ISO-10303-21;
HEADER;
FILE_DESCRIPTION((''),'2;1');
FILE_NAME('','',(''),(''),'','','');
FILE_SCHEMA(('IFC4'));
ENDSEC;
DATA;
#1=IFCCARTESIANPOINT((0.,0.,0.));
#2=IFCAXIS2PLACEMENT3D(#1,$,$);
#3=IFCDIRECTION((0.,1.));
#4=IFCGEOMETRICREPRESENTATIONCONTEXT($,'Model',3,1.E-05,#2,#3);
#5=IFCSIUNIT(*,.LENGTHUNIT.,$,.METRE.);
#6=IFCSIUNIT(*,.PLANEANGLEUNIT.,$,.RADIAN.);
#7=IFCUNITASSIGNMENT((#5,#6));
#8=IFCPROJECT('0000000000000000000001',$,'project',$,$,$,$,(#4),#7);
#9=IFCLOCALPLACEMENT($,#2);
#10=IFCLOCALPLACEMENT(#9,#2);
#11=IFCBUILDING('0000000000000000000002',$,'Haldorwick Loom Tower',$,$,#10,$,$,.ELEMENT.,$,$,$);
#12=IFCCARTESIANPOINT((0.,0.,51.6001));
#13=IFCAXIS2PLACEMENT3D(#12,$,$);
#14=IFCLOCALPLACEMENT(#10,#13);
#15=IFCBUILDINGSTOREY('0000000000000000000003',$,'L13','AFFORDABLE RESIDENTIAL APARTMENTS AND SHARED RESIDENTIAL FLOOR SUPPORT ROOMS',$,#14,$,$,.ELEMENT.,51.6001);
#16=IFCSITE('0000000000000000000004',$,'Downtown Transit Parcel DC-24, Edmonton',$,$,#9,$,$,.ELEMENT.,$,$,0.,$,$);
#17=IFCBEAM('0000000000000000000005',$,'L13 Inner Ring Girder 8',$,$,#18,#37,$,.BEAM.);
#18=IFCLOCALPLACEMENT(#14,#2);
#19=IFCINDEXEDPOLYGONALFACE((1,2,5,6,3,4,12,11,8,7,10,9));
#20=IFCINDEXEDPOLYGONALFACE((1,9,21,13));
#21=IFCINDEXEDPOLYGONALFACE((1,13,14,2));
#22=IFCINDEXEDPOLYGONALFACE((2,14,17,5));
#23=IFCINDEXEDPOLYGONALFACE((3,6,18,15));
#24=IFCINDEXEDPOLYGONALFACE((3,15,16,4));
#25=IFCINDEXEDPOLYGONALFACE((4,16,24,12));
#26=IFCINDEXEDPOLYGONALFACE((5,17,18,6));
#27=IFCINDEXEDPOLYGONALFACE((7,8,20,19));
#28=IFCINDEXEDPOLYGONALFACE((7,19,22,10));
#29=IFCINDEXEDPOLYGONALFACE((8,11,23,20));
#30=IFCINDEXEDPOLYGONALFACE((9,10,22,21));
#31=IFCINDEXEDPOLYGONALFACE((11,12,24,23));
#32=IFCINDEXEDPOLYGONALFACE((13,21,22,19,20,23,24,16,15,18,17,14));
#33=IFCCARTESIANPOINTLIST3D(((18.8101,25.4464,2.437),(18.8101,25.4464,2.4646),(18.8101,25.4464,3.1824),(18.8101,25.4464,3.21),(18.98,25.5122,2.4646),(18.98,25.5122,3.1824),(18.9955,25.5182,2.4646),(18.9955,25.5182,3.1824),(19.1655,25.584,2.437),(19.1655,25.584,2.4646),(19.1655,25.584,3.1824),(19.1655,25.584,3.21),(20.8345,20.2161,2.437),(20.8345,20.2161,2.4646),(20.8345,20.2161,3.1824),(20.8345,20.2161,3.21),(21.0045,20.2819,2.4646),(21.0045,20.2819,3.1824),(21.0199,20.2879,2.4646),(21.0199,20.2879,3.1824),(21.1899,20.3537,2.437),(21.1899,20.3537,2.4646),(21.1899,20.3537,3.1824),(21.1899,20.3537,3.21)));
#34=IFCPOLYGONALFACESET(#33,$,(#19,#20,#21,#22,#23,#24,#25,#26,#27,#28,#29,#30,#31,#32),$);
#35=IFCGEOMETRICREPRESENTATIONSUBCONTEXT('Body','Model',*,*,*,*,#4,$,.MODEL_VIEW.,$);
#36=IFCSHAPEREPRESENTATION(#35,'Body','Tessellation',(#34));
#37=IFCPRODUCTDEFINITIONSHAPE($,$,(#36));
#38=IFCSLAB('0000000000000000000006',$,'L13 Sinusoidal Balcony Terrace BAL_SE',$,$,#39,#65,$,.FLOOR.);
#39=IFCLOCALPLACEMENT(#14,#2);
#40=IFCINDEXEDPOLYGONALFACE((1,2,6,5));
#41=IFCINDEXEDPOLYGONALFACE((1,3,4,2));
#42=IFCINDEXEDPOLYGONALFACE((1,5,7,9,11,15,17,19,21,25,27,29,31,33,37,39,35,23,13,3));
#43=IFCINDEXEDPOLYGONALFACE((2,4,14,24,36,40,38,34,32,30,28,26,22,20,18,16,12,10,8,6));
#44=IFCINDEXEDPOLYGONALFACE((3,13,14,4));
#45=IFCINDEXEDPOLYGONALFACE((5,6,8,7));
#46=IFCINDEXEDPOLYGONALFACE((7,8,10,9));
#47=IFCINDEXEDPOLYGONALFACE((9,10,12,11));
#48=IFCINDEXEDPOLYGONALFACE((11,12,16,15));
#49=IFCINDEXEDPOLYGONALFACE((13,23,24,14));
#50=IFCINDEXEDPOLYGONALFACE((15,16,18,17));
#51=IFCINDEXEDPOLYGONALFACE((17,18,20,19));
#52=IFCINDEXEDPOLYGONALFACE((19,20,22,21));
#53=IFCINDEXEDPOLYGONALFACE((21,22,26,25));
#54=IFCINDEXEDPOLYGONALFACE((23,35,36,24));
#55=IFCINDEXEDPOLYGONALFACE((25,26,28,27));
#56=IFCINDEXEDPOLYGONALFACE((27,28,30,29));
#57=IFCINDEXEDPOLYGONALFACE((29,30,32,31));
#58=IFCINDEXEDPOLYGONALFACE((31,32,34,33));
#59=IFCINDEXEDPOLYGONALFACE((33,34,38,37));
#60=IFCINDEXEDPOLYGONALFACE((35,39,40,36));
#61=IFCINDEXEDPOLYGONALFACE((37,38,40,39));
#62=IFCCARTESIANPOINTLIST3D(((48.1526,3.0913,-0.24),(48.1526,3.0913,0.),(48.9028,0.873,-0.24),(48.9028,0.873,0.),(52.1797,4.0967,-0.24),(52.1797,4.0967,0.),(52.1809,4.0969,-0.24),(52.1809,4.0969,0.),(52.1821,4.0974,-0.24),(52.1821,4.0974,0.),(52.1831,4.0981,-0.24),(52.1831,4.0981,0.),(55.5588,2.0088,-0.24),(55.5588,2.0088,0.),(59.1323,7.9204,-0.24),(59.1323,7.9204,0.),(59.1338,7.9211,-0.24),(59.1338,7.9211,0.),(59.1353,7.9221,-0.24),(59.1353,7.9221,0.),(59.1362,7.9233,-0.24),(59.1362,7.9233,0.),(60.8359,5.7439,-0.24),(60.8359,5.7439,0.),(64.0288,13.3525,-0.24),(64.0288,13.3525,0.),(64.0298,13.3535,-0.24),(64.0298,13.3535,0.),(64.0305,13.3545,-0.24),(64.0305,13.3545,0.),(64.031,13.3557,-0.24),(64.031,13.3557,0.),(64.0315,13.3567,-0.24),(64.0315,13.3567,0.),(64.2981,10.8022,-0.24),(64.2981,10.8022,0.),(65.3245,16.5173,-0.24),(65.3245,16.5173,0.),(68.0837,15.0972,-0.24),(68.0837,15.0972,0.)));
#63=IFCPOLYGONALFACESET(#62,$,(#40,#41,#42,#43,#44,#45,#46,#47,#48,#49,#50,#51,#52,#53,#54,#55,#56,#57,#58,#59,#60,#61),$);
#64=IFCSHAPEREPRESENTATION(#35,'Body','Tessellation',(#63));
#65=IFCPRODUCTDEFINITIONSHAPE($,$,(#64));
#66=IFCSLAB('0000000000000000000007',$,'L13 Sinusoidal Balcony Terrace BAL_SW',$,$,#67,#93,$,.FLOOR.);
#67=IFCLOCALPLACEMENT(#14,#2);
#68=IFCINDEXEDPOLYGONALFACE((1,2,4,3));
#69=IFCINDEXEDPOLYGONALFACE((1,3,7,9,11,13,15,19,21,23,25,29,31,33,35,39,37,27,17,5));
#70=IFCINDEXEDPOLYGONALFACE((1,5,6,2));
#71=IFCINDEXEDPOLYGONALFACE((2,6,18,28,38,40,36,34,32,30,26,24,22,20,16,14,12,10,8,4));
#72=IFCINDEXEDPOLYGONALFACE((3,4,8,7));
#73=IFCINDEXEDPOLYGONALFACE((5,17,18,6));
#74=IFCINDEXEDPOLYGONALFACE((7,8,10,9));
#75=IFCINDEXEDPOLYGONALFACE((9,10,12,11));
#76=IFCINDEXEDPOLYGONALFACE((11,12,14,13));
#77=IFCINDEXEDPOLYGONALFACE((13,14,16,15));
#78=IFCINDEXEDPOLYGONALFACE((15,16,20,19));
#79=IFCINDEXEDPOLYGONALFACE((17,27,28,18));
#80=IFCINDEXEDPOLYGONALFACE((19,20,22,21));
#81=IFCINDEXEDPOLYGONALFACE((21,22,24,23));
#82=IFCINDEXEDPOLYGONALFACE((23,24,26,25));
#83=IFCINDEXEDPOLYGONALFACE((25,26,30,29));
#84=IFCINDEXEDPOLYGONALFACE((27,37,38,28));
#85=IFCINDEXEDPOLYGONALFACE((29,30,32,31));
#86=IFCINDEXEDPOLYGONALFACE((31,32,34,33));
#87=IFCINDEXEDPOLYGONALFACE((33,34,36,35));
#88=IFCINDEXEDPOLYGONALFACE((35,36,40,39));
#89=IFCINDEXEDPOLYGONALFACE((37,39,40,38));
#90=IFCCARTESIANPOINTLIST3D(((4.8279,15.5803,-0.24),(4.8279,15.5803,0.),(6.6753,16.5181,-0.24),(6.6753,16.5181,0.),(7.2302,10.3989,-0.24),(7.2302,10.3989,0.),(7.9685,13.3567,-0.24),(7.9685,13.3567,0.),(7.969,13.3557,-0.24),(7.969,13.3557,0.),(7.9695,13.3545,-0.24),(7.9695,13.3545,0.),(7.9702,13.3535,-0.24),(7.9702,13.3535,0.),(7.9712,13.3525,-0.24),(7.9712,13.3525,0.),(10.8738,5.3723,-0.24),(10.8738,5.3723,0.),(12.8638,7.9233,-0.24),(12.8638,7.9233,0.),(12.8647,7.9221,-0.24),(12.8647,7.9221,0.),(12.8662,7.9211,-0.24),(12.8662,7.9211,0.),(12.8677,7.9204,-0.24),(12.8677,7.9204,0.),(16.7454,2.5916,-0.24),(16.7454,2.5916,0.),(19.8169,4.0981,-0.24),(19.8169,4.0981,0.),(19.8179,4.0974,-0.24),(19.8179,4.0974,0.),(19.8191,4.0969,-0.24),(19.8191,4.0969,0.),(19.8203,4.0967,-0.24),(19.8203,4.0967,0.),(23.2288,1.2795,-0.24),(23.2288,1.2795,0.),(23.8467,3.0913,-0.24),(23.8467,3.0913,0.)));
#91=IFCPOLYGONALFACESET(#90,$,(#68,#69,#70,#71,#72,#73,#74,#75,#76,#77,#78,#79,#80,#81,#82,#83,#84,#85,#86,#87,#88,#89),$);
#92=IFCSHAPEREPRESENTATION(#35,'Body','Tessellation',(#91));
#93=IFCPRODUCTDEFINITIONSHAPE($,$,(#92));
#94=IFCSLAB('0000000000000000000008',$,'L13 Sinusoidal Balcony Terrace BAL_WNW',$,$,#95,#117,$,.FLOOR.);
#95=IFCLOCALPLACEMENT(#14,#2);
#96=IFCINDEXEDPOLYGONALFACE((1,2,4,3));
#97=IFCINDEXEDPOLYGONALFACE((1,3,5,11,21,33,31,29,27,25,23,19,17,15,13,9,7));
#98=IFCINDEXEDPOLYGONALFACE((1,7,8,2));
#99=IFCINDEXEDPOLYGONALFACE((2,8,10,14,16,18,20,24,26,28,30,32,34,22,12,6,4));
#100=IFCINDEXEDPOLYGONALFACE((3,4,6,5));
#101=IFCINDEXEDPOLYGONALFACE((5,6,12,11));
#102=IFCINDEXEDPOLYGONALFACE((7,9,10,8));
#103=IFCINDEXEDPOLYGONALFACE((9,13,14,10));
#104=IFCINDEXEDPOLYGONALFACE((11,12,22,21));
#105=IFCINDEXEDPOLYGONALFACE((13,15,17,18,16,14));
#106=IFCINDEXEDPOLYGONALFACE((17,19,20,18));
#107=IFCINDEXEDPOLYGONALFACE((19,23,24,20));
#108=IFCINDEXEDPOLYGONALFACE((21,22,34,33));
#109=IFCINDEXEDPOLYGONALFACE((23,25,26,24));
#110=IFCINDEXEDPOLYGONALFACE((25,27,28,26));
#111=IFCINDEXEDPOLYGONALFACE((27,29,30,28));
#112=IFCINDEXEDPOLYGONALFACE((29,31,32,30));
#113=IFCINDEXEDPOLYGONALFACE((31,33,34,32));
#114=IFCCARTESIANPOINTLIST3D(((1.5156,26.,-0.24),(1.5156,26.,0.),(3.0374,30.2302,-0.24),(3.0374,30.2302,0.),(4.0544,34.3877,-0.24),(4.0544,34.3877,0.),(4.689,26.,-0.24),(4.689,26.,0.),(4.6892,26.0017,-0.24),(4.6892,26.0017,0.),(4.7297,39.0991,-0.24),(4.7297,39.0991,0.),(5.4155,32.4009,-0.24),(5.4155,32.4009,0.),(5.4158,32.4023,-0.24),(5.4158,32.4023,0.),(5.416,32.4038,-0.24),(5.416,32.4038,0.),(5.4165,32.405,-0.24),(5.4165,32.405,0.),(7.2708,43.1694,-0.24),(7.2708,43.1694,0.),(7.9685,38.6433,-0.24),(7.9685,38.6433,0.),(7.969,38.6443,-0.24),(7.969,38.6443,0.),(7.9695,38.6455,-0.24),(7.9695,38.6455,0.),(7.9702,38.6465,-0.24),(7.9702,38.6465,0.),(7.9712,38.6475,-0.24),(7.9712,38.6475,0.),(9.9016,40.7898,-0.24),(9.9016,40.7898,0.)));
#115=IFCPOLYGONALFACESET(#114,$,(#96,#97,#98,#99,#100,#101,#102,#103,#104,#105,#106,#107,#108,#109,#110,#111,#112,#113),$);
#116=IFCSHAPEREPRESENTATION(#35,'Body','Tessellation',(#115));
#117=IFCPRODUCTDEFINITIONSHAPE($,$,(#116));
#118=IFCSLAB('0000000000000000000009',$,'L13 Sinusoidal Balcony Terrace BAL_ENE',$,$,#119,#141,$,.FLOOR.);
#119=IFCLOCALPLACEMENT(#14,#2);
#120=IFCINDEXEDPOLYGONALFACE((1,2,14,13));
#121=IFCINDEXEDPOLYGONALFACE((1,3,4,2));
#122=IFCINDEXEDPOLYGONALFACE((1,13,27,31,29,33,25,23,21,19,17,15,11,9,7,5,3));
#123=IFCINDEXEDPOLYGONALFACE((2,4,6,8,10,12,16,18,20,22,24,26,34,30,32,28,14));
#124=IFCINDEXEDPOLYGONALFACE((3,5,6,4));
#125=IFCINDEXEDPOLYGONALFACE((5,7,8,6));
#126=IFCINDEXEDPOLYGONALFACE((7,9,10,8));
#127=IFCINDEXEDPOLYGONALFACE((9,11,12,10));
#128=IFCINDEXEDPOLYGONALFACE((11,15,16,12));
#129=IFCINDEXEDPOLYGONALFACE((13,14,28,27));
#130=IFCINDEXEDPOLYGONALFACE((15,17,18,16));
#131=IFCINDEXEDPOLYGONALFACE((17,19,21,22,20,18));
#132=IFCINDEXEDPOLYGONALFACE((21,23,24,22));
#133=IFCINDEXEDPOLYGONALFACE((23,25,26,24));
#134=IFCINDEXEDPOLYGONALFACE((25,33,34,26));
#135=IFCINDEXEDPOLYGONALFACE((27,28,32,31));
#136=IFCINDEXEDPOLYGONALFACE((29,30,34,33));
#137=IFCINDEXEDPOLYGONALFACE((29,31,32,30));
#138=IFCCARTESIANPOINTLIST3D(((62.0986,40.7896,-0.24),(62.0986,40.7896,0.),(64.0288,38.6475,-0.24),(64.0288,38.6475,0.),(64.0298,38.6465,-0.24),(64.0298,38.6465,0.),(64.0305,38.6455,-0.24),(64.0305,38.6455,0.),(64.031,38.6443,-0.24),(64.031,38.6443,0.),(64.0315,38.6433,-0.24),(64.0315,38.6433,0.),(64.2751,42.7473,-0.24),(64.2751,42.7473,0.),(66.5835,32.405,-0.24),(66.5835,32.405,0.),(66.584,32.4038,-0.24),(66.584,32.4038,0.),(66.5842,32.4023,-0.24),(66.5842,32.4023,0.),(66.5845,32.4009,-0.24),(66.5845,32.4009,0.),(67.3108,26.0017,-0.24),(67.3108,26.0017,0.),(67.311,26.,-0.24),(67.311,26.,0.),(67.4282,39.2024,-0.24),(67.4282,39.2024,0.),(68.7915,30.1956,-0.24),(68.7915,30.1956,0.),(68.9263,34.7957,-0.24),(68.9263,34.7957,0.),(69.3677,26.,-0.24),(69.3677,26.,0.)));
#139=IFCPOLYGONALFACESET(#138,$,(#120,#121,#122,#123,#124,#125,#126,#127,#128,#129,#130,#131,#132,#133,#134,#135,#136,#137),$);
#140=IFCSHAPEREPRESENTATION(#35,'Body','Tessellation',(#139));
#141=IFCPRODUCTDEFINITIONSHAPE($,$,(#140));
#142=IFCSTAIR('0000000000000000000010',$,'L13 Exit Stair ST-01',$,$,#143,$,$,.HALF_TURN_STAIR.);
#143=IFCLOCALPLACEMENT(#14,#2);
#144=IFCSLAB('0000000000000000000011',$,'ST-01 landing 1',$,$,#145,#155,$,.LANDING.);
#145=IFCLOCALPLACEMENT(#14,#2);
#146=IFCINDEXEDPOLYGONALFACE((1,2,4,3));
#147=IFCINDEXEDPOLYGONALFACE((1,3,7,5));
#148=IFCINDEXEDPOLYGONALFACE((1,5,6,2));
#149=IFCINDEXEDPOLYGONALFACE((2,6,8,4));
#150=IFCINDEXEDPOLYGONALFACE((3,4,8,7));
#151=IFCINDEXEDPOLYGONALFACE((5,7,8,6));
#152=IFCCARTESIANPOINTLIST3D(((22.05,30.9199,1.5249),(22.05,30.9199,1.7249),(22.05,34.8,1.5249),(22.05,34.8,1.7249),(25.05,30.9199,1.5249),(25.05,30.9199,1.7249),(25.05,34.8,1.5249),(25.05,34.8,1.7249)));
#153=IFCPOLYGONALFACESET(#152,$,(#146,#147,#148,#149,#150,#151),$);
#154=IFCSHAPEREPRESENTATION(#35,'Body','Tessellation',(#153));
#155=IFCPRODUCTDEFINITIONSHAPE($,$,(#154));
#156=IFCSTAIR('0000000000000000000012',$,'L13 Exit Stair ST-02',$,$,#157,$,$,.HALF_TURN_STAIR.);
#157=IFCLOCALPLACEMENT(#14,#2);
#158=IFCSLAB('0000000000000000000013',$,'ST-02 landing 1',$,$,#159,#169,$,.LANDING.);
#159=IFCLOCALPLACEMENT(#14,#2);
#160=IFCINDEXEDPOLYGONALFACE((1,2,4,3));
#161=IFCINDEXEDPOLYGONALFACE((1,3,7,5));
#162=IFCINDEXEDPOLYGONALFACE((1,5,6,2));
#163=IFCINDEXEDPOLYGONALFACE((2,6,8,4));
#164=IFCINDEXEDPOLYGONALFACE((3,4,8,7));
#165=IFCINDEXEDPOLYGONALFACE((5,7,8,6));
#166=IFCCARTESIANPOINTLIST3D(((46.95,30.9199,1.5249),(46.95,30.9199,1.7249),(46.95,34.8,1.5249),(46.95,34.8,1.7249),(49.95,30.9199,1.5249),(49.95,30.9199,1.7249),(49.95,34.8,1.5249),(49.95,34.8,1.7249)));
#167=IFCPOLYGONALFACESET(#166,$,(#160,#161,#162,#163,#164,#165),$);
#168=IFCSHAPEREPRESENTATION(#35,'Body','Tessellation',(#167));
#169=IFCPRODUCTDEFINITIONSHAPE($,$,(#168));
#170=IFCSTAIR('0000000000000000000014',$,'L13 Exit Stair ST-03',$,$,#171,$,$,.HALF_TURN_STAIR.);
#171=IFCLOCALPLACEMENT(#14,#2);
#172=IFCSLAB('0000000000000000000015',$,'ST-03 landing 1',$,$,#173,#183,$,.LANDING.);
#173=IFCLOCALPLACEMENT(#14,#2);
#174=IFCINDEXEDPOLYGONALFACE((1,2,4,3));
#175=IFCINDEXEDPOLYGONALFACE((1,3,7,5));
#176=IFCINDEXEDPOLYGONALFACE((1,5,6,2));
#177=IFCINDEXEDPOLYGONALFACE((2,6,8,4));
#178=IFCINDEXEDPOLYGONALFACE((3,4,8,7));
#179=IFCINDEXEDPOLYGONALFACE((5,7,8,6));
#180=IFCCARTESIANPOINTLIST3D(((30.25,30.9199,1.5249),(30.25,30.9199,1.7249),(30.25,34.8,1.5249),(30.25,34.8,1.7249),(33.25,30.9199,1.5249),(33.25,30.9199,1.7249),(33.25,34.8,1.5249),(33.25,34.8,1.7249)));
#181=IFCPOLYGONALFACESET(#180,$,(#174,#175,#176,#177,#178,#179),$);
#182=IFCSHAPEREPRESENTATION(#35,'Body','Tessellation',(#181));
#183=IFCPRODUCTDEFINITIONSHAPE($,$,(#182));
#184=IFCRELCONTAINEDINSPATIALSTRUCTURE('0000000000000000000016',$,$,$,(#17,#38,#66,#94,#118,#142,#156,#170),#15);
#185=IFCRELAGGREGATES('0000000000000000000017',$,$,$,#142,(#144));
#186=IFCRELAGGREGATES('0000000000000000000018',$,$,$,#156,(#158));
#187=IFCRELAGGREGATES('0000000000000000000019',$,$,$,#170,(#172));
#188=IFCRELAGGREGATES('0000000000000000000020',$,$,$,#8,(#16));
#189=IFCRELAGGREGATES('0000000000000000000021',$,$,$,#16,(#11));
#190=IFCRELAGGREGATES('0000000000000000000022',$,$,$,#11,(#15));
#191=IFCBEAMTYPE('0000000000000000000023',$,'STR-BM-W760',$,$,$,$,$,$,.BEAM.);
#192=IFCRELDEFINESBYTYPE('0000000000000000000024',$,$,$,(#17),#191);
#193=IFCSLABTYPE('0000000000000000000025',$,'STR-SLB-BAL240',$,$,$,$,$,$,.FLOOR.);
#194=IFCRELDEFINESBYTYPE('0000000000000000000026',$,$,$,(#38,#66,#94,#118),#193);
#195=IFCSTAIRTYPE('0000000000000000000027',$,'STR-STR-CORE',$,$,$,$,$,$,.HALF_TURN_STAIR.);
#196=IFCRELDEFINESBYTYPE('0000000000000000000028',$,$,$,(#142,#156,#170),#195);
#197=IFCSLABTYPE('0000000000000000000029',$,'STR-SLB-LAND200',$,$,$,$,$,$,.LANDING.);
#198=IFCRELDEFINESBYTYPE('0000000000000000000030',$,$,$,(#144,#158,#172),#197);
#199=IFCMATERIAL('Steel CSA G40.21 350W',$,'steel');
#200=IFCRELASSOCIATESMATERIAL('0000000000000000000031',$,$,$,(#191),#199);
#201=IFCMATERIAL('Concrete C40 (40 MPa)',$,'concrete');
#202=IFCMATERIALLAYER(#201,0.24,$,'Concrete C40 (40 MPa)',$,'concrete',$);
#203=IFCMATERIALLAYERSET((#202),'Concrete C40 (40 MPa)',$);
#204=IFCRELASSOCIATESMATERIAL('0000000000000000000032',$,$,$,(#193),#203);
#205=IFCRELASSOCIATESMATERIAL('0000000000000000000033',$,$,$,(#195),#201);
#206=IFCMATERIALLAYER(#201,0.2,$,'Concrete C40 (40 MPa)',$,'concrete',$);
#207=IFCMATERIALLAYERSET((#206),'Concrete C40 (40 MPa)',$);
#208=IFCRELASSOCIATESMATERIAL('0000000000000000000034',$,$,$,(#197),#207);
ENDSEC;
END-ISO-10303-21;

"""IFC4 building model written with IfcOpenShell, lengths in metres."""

from ifc_helpers import new_model, si_unit, direction, frame, origin, origin_2d, place, context, subcontext, project, spatial, polyline, i_section, outline, extrude, material, layer, layer_set, material_profile, profile_set, type_object, element, aggregate, save


model = new_model("IFC4")

# Units and contexts
model_context = context("Model", 3, precision=1e-05, world=origin(), true_north=direction((0.0, 1.0)))
body_context = subcontext(model_context, "Body", "Model", "MODEL_VIEW")
ifc_project = project(units=[si_unit("LENGTHUNIT", "METRE"), si_unit("PLANEANGLEUNIT", "RADIAN")], contexts=[model_context])

# Site, building, storey
site_placement = place(None, origin())
site = spatial("IfcSite", under=ifc_project, at=site_placement, Name="Downtown Transit Parcel DC-24, Edmonton", CompositionType="ELEMENT", RefElevation=0.0)
building_placement = place(site_placement, origin())
building = spatial("IfcBuilding", under=site, at=building_placement, Name="Haldorwick Loom Tower", CompositionType="ELEMENT")
storey_placement = place(building_placement, frame((0.0, 0.0, 51.6001)))
storey = spatial("IfcBuildingStorey", under=building, at=storey_placement, Name="L13", Description="AFFORDABLE RESIDENTIAL APARTMENTS AND SHARED RESIDENTIAL FLOOR SUPPORT ROOMS", CompositionType="ELEMENT", Elevation=51.6001)

# Beam
ifc_material_1 = material(Name="Steel CSA G40.21 350W", Category="steel")
ifc_material_profile_1 = material_profile(ifc_material_1, i_section(OverallWidth=0.3811, OverallDepth=0.7729, WebThickness=0.0166, FlangeThickness=0.0276, at=origin_2d()), Name="W760X257", Category="steel")
ifc_profile_set_1 = profile_set([ifc_material_profile_1], Name="Steel CSA G40.21 350W")
beam_type_1 = type_object("IfcBeamType", Name="STR-BM-W760", PredefinedType="BEAM", material=ifc_profile_set_1)
beam_1_placement = place(storey_placement, frame((21.0122, 20.2849, 2.8235), z_axis=(-0.360965, 0.932579, 0.0), x_axis=(-0.932579, -0.360965, 0.0)))
element("IfcBeam", 1, at=beam_1_placement, inside=storey, type_object=beam_type_1, Name="L13 Inner Ring Girder 8", PredefinedType="BEAM", context=body_context, shape_type="SweptSolid", body=[
    extrude(i_section(OverallWidth=0.3811, OverallDepth=0.7729, WebThickness=0.0166, FlangeThickness=0.0276, at=origin_2d()), origin(), (0.0, 0.0, 1.0), 5.6084),
])

# Slabs
ifc_material_2 = material(Name="Concrete C40 (40 MPa)", Category="concrete")
ifc_layer_1 = layer(ifc_material_2, 0.24, Name="Concrete C40 (40 MPa)", Category="concrete")
ifc_layer_set_1 = layer_set([ifc_layer_1], Name="Concrete C40 (40 MPa)")
slab_type_1 = type_object("IfcSlabType", Name="STR-SLB-BAL240", PredefinedType="FLOOR", material=ifc_layer_set_1)
slab_1_placement = place(storey_placement, frame((0.0, 0.0, -0.24)))
element("IfcSlab", 2, at=slab_1_placement, inside=storey, type_object=slab_type_1, Name="L13 Sinusoidal Balcony Terrace BAL_SE", PredefinedType="FLOOR", context=body_context, shape_type="SweptSolid", body=[
    extrude(outline(polyline([(65.3245, 16.5173), (64.0315, 13.3567), (64.031, 13.3557), (64.0305, 13.3545), (64.0298, 13.3535), (64.0288, 13.3525), (59.1362, 7.9233), (59.1353, 7.9221), (59.1338, 7.9211), (59.1323, 7.9204), (52.1831, 4.0981), (52.1821, 4.0974), (52.1809, 4.0969), (52.1797, 4.0967), (48.1526, 3.0913), (48.9028, 0.873), (55.5588, 2.0088), (60.8359, 5.7439), (64.2981, 10.8022), (68.0837, 15.0972), (65.3245, 16.5173)])), origin(), (0.0, 0.0, 1.0), 0.24),
])
slab_2_placement = place(storey_placement, frame((0.0, 0.0, -0.24)))
element("IfcSlab", 3, at=slab_2_placement, inside=storey, type_object=slab_type_1, Name="L13 Sinusoidal Balcony Terrace BAL_SW", PredefinedType="FLOOR", context=body_context, shape_type="SweptSolid", body=[
    extrude(outline(polyline([(23.8467, 3.0913), (19.8203, 4.0967), (19.8191, 4.0969), (19.8179, 4.0974), (19.8169, 4.0981), (12.8677, 7.9204), (12.8662, 7.9211), (12.8647, 7.9221), (12.8638, 7.9233), (7.9712, 13.3525), (7.9702, 13.3535), (7.9695, 13.3545), (7.969, 13.3557), (7.9685, 13.3567), (6.6753, 16.5181), (4.8279, 15.5803), (7.2302, 10.3989), (10.8738, 5.3723), (16.7454, 2.5916), (23.2288, 1.2795), (23.8467, 3.0913)])), origin(), (0.0, 0.0, 1.0), 0.24),
])
slab_3_placement = place(storey_placement, frame((0.0, 0.0, -0.24)))
element("IfcSlab", 4, at=slab_3_placement, inside=storey, type_object=slab_type_1, Name="L13 Sinusoidal Balcony Terrace BAL_WNW", PredefinedType="FLOOR", context=body_context, shape_type="SweptSolid", body=[
    extrude(outline(polyline([(4.689, 26.0), (4.6892, 26.0017), (5.4155, 32.4009), (5.4158, 32.4023), (5.416, 32.4038), (5.4165, 32.405), (7.9685, 38.6433), (7.969, 38.6443), (7.9695, 38.6455), (7.9702, 38.6465), (7.9712, 38.6475), (9.9016, 40.7898), (7.2708, 43.1694), (4.7297, 39.0991), (4.0544, 34.3877), (3.0374, 30.2302), (1.5156, 26.0), (4.689, 26.0)])), origin(), (0.0, 0.0, 1.0), 0.24),
])
slab_4_placement = place(storey_placement, frame((0.0, 0.0, -0.24)))
element("IfcSlab", 5, at=slab_4_placement, inside=storey, type_object=slab_type_1, Name="L13 Sinusoidal Balcony Terrace BAL_ENE", PredefinedType="FLOOR", context=body_context, shape_type="SweptSolid", body=[
    extrude(outline(polyline([(62.0986, 40.7896), (64.0288, 38.6475), (64.0298, 38.6465), (64.0305, 38.6455), (64.031, 38.6443), (64.0315, 38.6433), (66.5835, 32.405), (66.584, 32.4038), (66.5842, 32.4023), (66.5845, 32.4009), (67.3108, 26.0017), (67.311, 26.0), (69.3677, 26.0), (68.7915, 30.1956), (68.9263, 34.7957), (67.4282, 39.2024), (64.2751, 42.7473), (62.0986, 40.7896)])), origin(), (0.0, 0.0, 1.0), 0.24),
])

# Stairs, slabs
stair_type = type_object("IfcStairType", Name="STR-STR-CORE", PredefinedType="HALF_TURN_STAIR", material=ifc_material_2)
stair_1_placement = place(storey_placement, origin())
stair_1 = element("IfcStair", 6, at=stair_1_placement, inside=storey, type_object=stair_type, Name="L13 Exit Stair ST-01", PredefinedType="HALF_TURN_STAIR")
ifc_layer_2 = layer(ifc_material_2, 0.2, Name="Concrete C40 (40 MPa)", Category="concrete")
ifc_layer_set_2 = layer_set([ifc_layer_2], Name="Concrete C40 (40 MPa)")
slab_type_2 = type_object("IfcSlabType", Name="STR-SLB-LAND200", PredefinedType="LANDING", material=ifc_layer_set_2)
slab_5_placement = place(storey_placement, frame((0.0, 0.0, 1.5249)))
slab_5 = element("IfcSlab", 7, at=slab_5_placement, type_object=slab_type_2, Name="ST-01 landing 1", PredefinedType="LANDING", context=body_context, shape_type="SweptSolid", body=[
    extrude(outline(polyline([(25.05, 30.9199), (25.05, 34.8), (22.05, 34.8), (22.05, 30.9199), (25.05, 30.9199)])), origin(), (0.0, 0.0, 1.0), 0.2),
])
aggregate(stair_1, [slab_5])
stair_2_placement = place(storey_placement, origin())
stair_2 = element("IfcStair", 8, at=stair_2_placement, inside=storey, type_object=stair_type, Name="L13 Exit Stair ST-02", PredefinedType="HALF_TURN_STAIR")
slab_6_placement = place(storey_placement, frame((0.0, 0.0, 1.5249)))
slab_6 = element("IfcSlab", 9, at=slab_6_placement, type_object=slab_type_2, Name="ST-02 landing 1", PredefinedType="LANDING", context=body_context, shape_type="SweptSolid", body=[
    extrude(outline(polyline([(49.95, 30.9199), (49.95, 34.8), (46.95, 34.8), (46.95, 30.9199), (49.95, 30.9199)])), origin(), (0.0, 0.0, 1.0), 0.2),
])
aggregate(stair_2, [slab_6])
stair_3_placement = place(storey_placement, origin())
stair_3 = element("IfcStair", 10, at=stair_3_placement, inside=storey, type_object=stair_type, Name="L13 Exit Stair ST-03", PredefinedType="HALF_TURN_STAIR")
slab_7_placement = place(storey_placement, frame((0.0, 0.0, 1.5249)))
slab_7 = element("IfcSlab", 11, at=slab_7_placement, type_object=slab_type_2, Name="ST-03 landing 1", PredefinedType="LANDING", context=body_context, shape_type="SweptSolid", body=[
    extrude(outline(polyline([(33.25, 30.9199), (33.25, 34.8), (30.25, 34.8), (30.25, 30.9199), (33.25, 30.9199)])), origin(), (0.0, 0.0, 1.0), 0.2),
])
aggregate(stair_3, [slab_7])

save(model, "model.ifc")
